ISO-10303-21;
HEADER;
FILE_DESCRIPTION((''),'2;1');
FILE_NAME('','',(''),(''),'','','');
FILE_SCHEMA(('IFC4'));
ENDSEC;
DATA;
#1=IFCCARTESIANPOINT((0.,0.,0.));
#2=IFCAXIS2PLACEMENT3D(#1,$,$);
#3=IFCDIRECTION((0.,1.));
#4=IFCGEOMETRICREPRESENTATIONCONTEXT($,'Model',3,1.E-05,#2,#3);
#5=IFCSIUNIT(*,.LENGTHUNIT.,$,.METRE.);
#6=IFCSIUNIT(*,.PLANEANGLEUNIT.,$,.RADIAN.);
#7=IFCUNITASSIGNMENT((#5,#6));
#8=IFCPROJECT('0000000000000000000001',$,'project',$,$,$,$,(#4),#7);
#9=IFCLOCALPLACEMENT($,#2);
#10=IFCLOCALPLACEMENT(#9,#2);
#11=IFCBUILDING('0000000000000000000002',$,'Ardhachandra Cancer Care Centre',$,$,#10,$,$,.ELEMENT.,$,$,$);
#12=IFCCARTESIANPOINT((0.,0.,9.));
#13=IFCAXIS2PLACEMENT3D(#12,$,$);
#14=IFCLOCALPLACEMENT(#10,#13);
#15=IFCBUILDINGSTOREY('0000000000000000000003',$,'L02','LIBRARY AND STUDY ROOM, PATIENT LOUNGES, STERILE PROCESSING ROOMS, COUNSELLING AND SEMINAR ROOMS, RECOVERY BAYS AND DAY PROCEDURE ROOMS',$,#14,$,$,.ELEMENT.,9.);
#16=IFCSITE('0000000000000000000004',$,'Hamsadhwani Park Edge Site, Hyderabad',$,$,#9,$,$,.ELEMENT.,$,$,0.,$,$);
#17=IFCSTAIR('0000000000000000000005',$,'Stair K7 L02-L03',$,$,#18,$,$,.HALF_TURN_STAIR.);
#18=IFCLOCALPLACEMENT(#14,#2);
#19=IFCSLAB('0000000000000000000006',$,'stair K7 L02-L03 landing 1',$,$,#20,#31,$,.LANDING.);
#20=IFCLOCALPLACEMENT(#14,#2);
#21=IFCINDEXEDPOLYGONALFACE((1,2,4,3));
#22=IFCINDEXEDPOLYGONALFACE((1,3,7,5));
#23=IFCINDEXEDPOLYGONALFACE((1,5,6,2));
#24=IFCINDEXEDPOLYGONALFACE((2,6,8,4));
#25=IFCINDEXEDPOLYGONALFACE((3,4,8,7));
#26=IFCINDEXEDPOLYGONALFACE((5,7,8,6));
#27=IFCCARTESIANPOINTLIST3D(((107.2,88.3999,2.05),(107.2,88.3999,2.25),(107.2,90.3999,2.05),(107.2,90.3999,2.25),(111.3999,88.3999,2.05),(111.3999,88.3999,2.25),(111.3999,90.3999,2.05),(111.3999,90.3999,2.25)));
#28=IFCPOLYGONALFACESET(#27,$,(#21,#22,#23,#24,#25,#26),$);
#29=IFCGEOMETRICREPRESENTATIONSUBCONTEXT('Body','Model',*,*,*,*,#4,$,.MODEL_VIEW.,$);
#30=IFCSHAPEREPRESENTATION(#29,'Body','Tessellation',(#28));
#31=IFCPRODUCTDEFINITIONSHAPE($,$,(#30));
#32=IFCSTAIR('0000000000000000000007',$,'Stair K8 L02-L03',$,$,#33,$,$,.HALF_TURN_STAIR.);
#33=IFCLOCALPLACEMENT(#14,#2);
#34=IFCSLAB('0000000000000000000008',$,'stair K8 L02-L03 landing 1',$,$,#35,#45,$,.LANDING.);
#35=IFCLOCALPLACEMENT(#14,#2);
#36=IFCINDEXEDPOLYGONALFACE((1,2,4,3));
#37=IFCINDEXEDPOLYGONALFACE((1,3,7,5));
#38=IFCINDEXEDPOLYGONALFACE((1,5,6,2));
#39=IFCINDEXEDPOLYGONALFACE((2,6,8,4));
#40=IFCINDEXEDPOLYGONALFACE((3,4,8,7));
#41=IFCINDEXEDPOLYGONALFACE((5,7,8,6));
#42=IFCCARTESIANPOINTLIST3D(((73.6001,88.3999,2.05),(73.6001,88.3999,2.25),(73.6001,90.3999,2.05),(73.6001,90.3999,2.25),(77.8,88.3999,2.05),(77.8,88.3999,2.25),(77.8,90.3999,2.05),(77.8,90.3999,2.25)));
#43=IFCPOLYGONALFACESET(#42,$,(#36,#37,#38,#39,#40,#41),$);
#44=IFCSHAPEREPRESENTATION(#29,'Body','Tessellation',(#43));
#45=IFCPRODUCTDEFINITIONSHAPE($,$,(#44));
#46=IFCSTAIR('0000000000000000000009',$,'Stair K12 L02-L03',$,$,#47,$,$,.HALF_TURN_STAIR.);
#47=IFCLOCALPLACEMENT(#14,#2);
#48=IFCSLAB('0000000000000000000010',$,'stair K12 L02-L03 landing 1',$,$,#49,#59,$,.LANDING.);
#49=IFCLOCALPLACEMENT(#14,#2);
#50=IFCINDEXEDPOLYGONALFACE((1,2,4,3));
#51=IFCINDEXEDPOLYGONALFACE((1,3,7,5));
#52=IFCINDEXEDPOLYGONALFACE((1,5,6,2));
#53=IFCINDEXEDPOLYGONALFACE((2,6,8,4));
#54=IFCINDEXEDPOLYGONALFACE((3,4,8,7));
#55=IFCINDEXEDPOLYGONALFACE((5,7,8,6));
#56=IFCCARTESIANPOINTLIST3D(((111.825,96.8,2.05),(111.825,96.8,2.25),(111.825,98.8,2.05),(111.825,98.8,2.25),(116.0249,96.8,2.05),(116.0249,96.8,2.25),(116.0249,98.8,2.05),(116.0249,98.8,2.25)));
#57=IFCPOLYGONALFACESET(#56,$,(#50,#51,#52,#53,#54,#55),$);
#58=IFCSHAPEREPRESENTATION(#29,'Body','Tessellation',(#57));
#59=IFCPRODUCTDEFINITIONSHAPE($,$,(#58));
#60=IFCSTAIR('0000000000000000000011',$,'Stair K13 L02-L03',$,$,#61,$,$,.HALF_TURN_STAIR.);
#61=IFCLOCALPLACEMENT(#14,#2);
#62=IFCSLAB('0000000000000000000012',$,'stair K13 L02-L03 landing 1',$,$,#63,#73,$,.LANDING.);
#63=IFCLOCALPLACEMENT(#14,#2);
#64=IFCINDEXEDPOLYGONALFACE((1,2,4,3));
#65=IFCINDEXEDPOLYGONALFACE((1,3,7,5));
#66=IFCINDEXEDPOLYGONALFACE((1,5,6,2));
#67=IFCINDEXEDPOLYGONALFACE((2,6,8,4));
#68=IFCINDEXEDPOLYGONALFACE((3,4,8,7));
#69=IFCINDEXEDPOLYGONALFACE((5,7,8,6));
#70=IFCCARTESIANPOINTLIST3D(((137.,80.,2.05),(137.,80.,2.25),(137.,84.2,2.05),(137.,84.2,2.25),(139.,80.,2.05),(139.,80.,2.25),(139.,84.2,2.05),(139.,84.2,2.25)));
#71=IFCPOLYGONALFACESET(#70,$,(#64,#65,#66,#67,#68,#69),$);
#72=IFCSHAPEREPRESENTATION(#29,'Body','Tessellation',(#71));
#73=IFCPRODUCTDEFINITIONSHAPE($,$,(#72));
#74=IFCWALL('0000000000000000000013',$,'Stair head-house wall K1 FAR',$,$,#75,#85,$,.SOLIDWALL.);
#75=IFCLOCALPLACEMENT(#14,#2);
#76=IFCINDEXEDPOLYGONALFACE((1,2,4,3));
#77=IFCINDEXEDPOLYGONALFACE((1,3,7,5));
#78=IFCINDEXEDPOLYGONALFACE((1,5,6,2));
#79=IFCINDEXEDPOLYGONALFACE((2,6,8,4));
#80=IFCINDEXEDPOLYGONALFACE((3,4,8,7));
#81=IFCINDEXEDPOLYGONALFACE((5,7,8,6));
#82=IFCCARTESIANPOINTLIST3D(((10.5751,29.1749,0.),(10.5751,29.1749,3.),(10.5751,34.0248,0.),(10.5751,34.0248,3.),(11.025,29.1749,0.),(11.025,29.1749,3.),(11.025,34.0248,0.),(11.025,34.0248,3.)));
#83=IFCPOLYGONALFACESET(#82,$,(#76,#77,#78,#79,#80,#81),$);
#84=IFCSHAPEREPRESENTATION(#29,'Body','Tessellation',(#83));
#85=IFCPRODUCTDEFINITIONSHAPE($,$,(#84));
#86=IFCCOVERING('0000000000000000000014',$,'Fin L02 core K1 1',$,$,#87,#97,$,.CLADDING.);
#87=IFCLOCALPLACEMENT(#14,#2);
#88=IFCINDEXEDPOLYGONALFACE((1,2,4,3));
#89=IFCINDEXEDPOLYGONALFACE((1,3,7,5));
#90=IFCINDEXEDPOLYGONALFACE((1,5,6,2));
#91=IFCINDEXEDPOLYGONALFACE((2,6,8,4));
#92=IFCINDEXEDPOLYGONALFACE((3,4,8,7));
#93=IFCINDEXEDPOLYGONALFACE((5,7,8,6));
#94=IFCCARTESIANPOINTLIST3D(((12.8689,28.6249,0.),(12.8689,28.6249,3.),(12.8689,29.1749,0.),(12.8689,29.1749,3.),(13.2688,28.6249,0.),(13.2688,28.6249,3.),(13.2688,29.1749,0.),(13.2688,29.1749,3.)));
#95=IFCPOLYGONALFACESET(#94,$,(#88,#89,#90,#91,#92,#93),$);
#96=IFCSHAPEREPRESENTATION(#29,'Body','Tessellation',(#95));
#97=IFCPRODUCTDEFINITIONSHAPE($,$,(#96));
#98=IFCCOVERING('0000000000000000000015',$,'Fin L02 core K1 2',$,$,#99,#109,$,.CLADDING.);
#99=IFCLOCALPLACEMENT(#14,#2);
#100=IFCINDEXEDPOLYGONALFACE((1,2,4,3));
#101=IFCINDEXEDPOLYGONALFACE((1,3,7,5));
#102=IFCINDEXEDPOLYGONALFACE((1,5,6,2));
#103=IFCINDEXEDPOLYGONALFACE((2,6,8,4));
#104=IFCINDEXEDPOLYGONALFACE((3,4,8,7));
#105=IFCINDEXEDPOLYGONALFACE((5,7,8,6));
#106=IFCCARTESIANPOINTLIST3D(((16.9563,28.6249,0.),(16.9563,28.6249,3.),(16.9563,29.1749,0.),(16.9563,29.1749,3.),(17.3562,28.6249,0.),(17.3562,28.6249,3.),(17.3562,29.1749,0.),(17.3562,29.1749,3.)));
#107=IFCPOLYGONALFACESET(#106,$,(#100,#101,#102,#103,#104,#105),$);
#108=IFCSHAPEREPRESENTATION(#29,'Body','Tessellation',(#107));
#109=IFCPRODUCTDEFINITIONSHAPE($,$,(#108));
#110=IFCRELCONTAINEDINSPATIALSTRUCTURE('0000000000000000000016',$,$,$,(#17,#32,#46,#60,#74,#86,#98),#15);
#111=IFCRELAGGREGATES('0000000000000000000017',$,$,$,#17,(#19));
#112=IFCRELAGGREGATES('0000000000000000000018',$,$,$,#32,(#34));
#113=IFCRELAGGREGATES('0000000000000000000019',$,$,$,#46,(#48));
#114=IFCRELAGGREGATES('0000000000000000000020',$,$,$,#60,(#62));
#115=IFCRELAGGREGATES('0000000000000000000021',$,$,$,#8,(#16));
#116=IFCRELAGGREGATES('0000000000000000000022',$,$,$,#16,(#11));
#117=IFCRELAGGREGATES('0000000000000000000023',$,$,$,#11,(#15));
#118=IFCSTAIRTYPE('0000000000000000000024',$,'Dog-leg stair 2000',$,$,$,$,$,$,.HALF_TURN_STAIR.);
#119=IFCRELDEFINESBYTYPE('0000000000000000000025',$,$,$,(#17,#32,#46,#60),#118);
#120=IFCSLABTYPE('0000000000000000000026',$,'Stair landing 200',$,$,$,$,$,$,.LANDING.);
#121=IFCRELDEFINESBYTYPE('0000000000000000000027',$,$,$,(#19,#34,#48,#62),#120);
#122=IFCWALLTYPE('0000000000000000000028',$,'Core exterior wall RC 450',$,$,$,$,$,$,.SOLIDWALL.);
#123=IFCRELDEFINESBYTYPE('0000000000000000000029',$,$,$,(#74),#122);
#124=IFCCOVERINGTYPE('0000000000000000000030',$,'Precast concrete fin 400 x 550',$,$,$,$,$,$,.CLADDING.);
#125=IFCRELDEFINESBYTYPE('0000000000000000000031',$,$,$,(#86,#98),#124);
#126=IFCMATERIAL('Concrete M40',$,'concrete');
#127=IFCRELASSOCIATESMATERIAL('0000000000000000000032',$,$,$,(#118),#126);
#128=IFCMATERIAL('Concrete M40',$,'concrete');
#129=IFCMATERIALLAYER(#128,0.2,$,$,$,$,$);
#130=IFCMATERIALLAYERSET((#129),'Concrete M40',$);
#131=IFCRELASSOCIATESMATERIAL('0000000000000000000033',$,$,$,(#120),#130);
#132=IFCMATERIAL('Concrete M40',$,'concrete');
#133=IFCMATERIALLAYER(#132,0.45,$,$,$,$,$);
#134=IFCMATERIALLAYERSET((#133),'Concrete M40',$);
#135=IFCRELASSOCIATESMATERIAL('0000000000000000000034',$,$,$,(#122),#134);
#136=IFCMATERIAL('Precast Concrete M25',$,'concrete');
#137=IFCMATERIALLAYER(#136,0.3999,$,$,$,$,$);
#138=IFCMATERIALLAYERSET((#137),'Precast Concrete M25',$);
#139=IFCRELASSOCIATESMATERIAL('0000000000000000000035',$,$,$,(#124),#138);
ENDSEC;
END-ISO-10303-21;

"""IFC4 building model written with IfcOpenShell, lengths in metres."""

from ifc_helpers import new_model, si_unit, direction, frame, frame_2d, origin, origin_2d, place, context, subcontext, project, spatial, polyline, rectangle, outline, extrude, material, layer, layer_set, type_object, element, aggregate, save


model = new_model("IFC4")

# Units and contexts
model_context = context("Model", 3, precision=1e-05, world=origin(), true_north=direction((0.0, 1.0)))
body_context = subcontext(model_context, "Body", "Model", "MODEL_VIEW")
ifc_project = project(units=[si_unit("LENGTHUNIT", "METRE"), si_unit("PLANEANGLEUNIT", "RADIAN")], contexts=[model_context])

# Site, building, storey
site_placement = place(None, origin())
site = spatial("IfcSite", under=ifc_project, at=site_placement, Name="Hamsadhwani Park Edge Site, Hyderabad", CompositionType="ELEMENT", RefElevation=0.0)
building_placement = place(site_placement, origin())
building = spatial("IfcBuilding", under=site, at=building_placement, Name="Ardhachandra Cancer Care Centre", CompositionType="ELEMENT")
storey_placement = place(building_placement, frame((0.0, 0.0, 9.0)))
storey = spatial("IfcBuildingStorey", under=building, at=storey_placement, Name="L02", Description="LIBRARY AND STUDY ROOM, PATIENT LOUNGES, STERILE PROCESSING ROOMS, COUNSELLING AND SEMINAR ROOMS, RECOVERY BAYS AND DAY PROCEDURE ROOMS", CompositionType="ELEMENT", Elevation=9.0)

# Stairs, slabs
ifc_material_1 = material(Name="Concrete M40", Category="concrete")
stair_type = type_object("IfcStairType", Name="Dog-leg stair 2000", PredefinedType="HALF_TURN_STAIR", material=ifc_material_1)
stair_1_placement = place(storey_placement, origin())
stair_1 = element("IfcStair", 1, at=stair_1_placement, inside=storey, type_object=stair_type, Name="Stair K7 L02-L03", PredefinedType="HALF_TURN_STAIR")
ifc_material_2 = material(Name="Concrete M40", Category="concrete")
ifc_layer_1 = layer(ifc_material_2, 0.2)
ifc_layer_set_1 = layer_set([ifc_layer_1], Name="Concrete M40")
slab_type_1 = type_object("IfcSlabType", Name="Stair landing 200", PredefinedType="LANDING", material=ifc_layer_set_1)
slab_1_placement = place(storey_placement, frame((0.0, 0.0, 2.05)))
slab_1 = element("IfcSlab", 2, at=slab_1_placement, type_object=slab_type_1, Name="stair K7 L02-L03 landing 1", PredefinedType="LANDING", context=body_context, shape_type="SweptSolid", body=[
    extrude(outline(polyline([(107.2, 88.3999), (111.3999, 88.3999), (111.3999, 90.3999), (107.2, 90.3999), (107.2, 88.3999)])), origin(), (0.0, 0.0, 1.0), 0.2),
])
aggregate(stair_1, [slab_1])
stair_2_placement = place(storey_placement, origin())
stair_2 = element("IfcStair", 3, at=stair_2_placement, inside=storey, type_object=stair_type, Name="Stair K8 L02-L03", PredefinedType="HALF_TURN_STAIR")
slab_2_placement = place(storey_placement, frame((0.0, 0.0, 2.05)))
slab_2 = element("IfcSlab", 4, at=slab_2_placement, type_object=slab_type_1, Name="stair K8 L02-L03 landing 1", PredefinedType="LANDING", context=body_context, shape_type="SweptSolid", body=[
    extrude(outline(polyline([(73.6001, 88.3999), (77.8, 88.3999), (77.8, 90.3999), (73.6001, 90.3999), (73.6001, 88.3999)])), origin(), (0.0, 0.0, 1.0), 0.2),
])
aggregate(stair_2, [slab_2])
stair_3_placement = place(storey_placement, origin())
stair_3 = element("IfcStair", 5, at=stair_3_placement, inside=storey, type_object=stair_type, Name="Stair K12 L02-L03", PredefinedType="HALF_TURN_STAIR")
slab_3_placement = place(storey_placement, frame((0.0, 0.0, 2.05)))
slab_3 = element("IfcSlab", 6, at=slab_3_placement, type_object=slab_type_1, Name="stair K12 L02-L03 landing 1", PredefinedType="LANDING", context=body_context, shape_type="SweptSolid", body=[
    extrude(outline(polyline([(111.825, 96.8), (116.0249, 96.8), (116.0249, 98.8), (111.825, 98.8), (111.825, 96.8)])), origin(), (0.0, 0.0, 1.0), 0.2),
])
aggregate(stair_3, [slab_3])
stair_4_placement = place(storey_placement, origin())
stair_4 = element("IfcStair", 7, at=stair_4_placement, inside=storey, type_object=stair_type, Name="Stair K13 L02-L03", PredefinedType="HALF_TURN_STAIR")
slab_4_placement = place(storey_placement, frame((0.0, 0.0, 2.05)))
slab_4 = element("IfcSlab", 8, at=slab_4_placement, type_object=slab_type_1, Name="stair K13 L02-L03 landing 1", PredefinedType="LANDING", context=body_context, shape_type="SweptSolid", body=[
    extrude(outline(polyline([(137.0, 80.0), (139.0, 80.0), (139.0, 84.2), (137.0, 84.2), (137.0, 80.0)])), origin(), (0.0, 0.0, 1.0), 0.2),
])
aggregate(stair_4, [slab_4])

# Wall
ifc_material_3 = material(Name="Concrete M40", Category="concrete")
ifc_layer_2 = layer(ifc_material_3, 0.45)
ifc_layer_set_2 = layer_set([ifc_layer_2], Name="Concrete M40")
wall_type = type_object("IfcWallType", Name="Core exterior wall RC 450", PredefinedType="SOLIDWALL", material=ifc_layer_set_2)
wall_placement = place(storey_placement, frame((10.8, 29.175, 0.0), z_axis=(0.0, 0.0, 1.0), x_axis=(0.0, 1.0, 0.0)))
element("IfcWall", 9, at=wall_placement, inside=storey, type_object=wall_type, Name="Stair head-house wall K1 FAR", PredefinedType="SOLIDWALL", context=body_context, shape_type="SweptSolid", body=[
    extrude(rectangle(XDim=4.8499, YDim=0.45, at=frame_2d((2.4248, 0.0))), origin(), (0.0, 0.0, 1.0), 3.0),
])

# Coverings
ifc_material_4 = material(Name="Precast Concrete M25", Category="concrete")
ifc_layer_3 = layer(ifc_material_4, 0.3999)
ifc_layer_set_3 = layer_set([ifc_layer_3], Name="Precast Concrete M25")
covering_type = type_object("IfcCoveringType", Name="Precast concrete fin 400 x 550", PredefinedType="CLADDING", material=ifc_layer_set_3)
for number, where, z_axis, x_axis, name in (
    (10, (13.0688, 28.8999, 0.0), (0.0, 0.0, 1.0), (1.0, 0.0, 0.0), "Fin L02 core K1 1"),
    (11, (17.1562, 28.8999, 0.0), (0.0, 0.0, 1.0), (1.0, 0.0, 0.0), "Fin L02 core K1 2"),
):
    element("IfcCovering", number, at=place(storey_placement, frame(where, z_axis=z_axis, x_axis=x_axis)), inside=storey, type_object=covering_type, Name=name, PredefinedType="CLADDING", context=body_context, shape_type="SweptSolid", body=[
        extrude(rectangle(XDim=0.3999, YDim=0.55, at=origin_2d()), origin(), (0.0, 0.0, 1.0), 3.0),
    ])

save(model, "model.ifc")
